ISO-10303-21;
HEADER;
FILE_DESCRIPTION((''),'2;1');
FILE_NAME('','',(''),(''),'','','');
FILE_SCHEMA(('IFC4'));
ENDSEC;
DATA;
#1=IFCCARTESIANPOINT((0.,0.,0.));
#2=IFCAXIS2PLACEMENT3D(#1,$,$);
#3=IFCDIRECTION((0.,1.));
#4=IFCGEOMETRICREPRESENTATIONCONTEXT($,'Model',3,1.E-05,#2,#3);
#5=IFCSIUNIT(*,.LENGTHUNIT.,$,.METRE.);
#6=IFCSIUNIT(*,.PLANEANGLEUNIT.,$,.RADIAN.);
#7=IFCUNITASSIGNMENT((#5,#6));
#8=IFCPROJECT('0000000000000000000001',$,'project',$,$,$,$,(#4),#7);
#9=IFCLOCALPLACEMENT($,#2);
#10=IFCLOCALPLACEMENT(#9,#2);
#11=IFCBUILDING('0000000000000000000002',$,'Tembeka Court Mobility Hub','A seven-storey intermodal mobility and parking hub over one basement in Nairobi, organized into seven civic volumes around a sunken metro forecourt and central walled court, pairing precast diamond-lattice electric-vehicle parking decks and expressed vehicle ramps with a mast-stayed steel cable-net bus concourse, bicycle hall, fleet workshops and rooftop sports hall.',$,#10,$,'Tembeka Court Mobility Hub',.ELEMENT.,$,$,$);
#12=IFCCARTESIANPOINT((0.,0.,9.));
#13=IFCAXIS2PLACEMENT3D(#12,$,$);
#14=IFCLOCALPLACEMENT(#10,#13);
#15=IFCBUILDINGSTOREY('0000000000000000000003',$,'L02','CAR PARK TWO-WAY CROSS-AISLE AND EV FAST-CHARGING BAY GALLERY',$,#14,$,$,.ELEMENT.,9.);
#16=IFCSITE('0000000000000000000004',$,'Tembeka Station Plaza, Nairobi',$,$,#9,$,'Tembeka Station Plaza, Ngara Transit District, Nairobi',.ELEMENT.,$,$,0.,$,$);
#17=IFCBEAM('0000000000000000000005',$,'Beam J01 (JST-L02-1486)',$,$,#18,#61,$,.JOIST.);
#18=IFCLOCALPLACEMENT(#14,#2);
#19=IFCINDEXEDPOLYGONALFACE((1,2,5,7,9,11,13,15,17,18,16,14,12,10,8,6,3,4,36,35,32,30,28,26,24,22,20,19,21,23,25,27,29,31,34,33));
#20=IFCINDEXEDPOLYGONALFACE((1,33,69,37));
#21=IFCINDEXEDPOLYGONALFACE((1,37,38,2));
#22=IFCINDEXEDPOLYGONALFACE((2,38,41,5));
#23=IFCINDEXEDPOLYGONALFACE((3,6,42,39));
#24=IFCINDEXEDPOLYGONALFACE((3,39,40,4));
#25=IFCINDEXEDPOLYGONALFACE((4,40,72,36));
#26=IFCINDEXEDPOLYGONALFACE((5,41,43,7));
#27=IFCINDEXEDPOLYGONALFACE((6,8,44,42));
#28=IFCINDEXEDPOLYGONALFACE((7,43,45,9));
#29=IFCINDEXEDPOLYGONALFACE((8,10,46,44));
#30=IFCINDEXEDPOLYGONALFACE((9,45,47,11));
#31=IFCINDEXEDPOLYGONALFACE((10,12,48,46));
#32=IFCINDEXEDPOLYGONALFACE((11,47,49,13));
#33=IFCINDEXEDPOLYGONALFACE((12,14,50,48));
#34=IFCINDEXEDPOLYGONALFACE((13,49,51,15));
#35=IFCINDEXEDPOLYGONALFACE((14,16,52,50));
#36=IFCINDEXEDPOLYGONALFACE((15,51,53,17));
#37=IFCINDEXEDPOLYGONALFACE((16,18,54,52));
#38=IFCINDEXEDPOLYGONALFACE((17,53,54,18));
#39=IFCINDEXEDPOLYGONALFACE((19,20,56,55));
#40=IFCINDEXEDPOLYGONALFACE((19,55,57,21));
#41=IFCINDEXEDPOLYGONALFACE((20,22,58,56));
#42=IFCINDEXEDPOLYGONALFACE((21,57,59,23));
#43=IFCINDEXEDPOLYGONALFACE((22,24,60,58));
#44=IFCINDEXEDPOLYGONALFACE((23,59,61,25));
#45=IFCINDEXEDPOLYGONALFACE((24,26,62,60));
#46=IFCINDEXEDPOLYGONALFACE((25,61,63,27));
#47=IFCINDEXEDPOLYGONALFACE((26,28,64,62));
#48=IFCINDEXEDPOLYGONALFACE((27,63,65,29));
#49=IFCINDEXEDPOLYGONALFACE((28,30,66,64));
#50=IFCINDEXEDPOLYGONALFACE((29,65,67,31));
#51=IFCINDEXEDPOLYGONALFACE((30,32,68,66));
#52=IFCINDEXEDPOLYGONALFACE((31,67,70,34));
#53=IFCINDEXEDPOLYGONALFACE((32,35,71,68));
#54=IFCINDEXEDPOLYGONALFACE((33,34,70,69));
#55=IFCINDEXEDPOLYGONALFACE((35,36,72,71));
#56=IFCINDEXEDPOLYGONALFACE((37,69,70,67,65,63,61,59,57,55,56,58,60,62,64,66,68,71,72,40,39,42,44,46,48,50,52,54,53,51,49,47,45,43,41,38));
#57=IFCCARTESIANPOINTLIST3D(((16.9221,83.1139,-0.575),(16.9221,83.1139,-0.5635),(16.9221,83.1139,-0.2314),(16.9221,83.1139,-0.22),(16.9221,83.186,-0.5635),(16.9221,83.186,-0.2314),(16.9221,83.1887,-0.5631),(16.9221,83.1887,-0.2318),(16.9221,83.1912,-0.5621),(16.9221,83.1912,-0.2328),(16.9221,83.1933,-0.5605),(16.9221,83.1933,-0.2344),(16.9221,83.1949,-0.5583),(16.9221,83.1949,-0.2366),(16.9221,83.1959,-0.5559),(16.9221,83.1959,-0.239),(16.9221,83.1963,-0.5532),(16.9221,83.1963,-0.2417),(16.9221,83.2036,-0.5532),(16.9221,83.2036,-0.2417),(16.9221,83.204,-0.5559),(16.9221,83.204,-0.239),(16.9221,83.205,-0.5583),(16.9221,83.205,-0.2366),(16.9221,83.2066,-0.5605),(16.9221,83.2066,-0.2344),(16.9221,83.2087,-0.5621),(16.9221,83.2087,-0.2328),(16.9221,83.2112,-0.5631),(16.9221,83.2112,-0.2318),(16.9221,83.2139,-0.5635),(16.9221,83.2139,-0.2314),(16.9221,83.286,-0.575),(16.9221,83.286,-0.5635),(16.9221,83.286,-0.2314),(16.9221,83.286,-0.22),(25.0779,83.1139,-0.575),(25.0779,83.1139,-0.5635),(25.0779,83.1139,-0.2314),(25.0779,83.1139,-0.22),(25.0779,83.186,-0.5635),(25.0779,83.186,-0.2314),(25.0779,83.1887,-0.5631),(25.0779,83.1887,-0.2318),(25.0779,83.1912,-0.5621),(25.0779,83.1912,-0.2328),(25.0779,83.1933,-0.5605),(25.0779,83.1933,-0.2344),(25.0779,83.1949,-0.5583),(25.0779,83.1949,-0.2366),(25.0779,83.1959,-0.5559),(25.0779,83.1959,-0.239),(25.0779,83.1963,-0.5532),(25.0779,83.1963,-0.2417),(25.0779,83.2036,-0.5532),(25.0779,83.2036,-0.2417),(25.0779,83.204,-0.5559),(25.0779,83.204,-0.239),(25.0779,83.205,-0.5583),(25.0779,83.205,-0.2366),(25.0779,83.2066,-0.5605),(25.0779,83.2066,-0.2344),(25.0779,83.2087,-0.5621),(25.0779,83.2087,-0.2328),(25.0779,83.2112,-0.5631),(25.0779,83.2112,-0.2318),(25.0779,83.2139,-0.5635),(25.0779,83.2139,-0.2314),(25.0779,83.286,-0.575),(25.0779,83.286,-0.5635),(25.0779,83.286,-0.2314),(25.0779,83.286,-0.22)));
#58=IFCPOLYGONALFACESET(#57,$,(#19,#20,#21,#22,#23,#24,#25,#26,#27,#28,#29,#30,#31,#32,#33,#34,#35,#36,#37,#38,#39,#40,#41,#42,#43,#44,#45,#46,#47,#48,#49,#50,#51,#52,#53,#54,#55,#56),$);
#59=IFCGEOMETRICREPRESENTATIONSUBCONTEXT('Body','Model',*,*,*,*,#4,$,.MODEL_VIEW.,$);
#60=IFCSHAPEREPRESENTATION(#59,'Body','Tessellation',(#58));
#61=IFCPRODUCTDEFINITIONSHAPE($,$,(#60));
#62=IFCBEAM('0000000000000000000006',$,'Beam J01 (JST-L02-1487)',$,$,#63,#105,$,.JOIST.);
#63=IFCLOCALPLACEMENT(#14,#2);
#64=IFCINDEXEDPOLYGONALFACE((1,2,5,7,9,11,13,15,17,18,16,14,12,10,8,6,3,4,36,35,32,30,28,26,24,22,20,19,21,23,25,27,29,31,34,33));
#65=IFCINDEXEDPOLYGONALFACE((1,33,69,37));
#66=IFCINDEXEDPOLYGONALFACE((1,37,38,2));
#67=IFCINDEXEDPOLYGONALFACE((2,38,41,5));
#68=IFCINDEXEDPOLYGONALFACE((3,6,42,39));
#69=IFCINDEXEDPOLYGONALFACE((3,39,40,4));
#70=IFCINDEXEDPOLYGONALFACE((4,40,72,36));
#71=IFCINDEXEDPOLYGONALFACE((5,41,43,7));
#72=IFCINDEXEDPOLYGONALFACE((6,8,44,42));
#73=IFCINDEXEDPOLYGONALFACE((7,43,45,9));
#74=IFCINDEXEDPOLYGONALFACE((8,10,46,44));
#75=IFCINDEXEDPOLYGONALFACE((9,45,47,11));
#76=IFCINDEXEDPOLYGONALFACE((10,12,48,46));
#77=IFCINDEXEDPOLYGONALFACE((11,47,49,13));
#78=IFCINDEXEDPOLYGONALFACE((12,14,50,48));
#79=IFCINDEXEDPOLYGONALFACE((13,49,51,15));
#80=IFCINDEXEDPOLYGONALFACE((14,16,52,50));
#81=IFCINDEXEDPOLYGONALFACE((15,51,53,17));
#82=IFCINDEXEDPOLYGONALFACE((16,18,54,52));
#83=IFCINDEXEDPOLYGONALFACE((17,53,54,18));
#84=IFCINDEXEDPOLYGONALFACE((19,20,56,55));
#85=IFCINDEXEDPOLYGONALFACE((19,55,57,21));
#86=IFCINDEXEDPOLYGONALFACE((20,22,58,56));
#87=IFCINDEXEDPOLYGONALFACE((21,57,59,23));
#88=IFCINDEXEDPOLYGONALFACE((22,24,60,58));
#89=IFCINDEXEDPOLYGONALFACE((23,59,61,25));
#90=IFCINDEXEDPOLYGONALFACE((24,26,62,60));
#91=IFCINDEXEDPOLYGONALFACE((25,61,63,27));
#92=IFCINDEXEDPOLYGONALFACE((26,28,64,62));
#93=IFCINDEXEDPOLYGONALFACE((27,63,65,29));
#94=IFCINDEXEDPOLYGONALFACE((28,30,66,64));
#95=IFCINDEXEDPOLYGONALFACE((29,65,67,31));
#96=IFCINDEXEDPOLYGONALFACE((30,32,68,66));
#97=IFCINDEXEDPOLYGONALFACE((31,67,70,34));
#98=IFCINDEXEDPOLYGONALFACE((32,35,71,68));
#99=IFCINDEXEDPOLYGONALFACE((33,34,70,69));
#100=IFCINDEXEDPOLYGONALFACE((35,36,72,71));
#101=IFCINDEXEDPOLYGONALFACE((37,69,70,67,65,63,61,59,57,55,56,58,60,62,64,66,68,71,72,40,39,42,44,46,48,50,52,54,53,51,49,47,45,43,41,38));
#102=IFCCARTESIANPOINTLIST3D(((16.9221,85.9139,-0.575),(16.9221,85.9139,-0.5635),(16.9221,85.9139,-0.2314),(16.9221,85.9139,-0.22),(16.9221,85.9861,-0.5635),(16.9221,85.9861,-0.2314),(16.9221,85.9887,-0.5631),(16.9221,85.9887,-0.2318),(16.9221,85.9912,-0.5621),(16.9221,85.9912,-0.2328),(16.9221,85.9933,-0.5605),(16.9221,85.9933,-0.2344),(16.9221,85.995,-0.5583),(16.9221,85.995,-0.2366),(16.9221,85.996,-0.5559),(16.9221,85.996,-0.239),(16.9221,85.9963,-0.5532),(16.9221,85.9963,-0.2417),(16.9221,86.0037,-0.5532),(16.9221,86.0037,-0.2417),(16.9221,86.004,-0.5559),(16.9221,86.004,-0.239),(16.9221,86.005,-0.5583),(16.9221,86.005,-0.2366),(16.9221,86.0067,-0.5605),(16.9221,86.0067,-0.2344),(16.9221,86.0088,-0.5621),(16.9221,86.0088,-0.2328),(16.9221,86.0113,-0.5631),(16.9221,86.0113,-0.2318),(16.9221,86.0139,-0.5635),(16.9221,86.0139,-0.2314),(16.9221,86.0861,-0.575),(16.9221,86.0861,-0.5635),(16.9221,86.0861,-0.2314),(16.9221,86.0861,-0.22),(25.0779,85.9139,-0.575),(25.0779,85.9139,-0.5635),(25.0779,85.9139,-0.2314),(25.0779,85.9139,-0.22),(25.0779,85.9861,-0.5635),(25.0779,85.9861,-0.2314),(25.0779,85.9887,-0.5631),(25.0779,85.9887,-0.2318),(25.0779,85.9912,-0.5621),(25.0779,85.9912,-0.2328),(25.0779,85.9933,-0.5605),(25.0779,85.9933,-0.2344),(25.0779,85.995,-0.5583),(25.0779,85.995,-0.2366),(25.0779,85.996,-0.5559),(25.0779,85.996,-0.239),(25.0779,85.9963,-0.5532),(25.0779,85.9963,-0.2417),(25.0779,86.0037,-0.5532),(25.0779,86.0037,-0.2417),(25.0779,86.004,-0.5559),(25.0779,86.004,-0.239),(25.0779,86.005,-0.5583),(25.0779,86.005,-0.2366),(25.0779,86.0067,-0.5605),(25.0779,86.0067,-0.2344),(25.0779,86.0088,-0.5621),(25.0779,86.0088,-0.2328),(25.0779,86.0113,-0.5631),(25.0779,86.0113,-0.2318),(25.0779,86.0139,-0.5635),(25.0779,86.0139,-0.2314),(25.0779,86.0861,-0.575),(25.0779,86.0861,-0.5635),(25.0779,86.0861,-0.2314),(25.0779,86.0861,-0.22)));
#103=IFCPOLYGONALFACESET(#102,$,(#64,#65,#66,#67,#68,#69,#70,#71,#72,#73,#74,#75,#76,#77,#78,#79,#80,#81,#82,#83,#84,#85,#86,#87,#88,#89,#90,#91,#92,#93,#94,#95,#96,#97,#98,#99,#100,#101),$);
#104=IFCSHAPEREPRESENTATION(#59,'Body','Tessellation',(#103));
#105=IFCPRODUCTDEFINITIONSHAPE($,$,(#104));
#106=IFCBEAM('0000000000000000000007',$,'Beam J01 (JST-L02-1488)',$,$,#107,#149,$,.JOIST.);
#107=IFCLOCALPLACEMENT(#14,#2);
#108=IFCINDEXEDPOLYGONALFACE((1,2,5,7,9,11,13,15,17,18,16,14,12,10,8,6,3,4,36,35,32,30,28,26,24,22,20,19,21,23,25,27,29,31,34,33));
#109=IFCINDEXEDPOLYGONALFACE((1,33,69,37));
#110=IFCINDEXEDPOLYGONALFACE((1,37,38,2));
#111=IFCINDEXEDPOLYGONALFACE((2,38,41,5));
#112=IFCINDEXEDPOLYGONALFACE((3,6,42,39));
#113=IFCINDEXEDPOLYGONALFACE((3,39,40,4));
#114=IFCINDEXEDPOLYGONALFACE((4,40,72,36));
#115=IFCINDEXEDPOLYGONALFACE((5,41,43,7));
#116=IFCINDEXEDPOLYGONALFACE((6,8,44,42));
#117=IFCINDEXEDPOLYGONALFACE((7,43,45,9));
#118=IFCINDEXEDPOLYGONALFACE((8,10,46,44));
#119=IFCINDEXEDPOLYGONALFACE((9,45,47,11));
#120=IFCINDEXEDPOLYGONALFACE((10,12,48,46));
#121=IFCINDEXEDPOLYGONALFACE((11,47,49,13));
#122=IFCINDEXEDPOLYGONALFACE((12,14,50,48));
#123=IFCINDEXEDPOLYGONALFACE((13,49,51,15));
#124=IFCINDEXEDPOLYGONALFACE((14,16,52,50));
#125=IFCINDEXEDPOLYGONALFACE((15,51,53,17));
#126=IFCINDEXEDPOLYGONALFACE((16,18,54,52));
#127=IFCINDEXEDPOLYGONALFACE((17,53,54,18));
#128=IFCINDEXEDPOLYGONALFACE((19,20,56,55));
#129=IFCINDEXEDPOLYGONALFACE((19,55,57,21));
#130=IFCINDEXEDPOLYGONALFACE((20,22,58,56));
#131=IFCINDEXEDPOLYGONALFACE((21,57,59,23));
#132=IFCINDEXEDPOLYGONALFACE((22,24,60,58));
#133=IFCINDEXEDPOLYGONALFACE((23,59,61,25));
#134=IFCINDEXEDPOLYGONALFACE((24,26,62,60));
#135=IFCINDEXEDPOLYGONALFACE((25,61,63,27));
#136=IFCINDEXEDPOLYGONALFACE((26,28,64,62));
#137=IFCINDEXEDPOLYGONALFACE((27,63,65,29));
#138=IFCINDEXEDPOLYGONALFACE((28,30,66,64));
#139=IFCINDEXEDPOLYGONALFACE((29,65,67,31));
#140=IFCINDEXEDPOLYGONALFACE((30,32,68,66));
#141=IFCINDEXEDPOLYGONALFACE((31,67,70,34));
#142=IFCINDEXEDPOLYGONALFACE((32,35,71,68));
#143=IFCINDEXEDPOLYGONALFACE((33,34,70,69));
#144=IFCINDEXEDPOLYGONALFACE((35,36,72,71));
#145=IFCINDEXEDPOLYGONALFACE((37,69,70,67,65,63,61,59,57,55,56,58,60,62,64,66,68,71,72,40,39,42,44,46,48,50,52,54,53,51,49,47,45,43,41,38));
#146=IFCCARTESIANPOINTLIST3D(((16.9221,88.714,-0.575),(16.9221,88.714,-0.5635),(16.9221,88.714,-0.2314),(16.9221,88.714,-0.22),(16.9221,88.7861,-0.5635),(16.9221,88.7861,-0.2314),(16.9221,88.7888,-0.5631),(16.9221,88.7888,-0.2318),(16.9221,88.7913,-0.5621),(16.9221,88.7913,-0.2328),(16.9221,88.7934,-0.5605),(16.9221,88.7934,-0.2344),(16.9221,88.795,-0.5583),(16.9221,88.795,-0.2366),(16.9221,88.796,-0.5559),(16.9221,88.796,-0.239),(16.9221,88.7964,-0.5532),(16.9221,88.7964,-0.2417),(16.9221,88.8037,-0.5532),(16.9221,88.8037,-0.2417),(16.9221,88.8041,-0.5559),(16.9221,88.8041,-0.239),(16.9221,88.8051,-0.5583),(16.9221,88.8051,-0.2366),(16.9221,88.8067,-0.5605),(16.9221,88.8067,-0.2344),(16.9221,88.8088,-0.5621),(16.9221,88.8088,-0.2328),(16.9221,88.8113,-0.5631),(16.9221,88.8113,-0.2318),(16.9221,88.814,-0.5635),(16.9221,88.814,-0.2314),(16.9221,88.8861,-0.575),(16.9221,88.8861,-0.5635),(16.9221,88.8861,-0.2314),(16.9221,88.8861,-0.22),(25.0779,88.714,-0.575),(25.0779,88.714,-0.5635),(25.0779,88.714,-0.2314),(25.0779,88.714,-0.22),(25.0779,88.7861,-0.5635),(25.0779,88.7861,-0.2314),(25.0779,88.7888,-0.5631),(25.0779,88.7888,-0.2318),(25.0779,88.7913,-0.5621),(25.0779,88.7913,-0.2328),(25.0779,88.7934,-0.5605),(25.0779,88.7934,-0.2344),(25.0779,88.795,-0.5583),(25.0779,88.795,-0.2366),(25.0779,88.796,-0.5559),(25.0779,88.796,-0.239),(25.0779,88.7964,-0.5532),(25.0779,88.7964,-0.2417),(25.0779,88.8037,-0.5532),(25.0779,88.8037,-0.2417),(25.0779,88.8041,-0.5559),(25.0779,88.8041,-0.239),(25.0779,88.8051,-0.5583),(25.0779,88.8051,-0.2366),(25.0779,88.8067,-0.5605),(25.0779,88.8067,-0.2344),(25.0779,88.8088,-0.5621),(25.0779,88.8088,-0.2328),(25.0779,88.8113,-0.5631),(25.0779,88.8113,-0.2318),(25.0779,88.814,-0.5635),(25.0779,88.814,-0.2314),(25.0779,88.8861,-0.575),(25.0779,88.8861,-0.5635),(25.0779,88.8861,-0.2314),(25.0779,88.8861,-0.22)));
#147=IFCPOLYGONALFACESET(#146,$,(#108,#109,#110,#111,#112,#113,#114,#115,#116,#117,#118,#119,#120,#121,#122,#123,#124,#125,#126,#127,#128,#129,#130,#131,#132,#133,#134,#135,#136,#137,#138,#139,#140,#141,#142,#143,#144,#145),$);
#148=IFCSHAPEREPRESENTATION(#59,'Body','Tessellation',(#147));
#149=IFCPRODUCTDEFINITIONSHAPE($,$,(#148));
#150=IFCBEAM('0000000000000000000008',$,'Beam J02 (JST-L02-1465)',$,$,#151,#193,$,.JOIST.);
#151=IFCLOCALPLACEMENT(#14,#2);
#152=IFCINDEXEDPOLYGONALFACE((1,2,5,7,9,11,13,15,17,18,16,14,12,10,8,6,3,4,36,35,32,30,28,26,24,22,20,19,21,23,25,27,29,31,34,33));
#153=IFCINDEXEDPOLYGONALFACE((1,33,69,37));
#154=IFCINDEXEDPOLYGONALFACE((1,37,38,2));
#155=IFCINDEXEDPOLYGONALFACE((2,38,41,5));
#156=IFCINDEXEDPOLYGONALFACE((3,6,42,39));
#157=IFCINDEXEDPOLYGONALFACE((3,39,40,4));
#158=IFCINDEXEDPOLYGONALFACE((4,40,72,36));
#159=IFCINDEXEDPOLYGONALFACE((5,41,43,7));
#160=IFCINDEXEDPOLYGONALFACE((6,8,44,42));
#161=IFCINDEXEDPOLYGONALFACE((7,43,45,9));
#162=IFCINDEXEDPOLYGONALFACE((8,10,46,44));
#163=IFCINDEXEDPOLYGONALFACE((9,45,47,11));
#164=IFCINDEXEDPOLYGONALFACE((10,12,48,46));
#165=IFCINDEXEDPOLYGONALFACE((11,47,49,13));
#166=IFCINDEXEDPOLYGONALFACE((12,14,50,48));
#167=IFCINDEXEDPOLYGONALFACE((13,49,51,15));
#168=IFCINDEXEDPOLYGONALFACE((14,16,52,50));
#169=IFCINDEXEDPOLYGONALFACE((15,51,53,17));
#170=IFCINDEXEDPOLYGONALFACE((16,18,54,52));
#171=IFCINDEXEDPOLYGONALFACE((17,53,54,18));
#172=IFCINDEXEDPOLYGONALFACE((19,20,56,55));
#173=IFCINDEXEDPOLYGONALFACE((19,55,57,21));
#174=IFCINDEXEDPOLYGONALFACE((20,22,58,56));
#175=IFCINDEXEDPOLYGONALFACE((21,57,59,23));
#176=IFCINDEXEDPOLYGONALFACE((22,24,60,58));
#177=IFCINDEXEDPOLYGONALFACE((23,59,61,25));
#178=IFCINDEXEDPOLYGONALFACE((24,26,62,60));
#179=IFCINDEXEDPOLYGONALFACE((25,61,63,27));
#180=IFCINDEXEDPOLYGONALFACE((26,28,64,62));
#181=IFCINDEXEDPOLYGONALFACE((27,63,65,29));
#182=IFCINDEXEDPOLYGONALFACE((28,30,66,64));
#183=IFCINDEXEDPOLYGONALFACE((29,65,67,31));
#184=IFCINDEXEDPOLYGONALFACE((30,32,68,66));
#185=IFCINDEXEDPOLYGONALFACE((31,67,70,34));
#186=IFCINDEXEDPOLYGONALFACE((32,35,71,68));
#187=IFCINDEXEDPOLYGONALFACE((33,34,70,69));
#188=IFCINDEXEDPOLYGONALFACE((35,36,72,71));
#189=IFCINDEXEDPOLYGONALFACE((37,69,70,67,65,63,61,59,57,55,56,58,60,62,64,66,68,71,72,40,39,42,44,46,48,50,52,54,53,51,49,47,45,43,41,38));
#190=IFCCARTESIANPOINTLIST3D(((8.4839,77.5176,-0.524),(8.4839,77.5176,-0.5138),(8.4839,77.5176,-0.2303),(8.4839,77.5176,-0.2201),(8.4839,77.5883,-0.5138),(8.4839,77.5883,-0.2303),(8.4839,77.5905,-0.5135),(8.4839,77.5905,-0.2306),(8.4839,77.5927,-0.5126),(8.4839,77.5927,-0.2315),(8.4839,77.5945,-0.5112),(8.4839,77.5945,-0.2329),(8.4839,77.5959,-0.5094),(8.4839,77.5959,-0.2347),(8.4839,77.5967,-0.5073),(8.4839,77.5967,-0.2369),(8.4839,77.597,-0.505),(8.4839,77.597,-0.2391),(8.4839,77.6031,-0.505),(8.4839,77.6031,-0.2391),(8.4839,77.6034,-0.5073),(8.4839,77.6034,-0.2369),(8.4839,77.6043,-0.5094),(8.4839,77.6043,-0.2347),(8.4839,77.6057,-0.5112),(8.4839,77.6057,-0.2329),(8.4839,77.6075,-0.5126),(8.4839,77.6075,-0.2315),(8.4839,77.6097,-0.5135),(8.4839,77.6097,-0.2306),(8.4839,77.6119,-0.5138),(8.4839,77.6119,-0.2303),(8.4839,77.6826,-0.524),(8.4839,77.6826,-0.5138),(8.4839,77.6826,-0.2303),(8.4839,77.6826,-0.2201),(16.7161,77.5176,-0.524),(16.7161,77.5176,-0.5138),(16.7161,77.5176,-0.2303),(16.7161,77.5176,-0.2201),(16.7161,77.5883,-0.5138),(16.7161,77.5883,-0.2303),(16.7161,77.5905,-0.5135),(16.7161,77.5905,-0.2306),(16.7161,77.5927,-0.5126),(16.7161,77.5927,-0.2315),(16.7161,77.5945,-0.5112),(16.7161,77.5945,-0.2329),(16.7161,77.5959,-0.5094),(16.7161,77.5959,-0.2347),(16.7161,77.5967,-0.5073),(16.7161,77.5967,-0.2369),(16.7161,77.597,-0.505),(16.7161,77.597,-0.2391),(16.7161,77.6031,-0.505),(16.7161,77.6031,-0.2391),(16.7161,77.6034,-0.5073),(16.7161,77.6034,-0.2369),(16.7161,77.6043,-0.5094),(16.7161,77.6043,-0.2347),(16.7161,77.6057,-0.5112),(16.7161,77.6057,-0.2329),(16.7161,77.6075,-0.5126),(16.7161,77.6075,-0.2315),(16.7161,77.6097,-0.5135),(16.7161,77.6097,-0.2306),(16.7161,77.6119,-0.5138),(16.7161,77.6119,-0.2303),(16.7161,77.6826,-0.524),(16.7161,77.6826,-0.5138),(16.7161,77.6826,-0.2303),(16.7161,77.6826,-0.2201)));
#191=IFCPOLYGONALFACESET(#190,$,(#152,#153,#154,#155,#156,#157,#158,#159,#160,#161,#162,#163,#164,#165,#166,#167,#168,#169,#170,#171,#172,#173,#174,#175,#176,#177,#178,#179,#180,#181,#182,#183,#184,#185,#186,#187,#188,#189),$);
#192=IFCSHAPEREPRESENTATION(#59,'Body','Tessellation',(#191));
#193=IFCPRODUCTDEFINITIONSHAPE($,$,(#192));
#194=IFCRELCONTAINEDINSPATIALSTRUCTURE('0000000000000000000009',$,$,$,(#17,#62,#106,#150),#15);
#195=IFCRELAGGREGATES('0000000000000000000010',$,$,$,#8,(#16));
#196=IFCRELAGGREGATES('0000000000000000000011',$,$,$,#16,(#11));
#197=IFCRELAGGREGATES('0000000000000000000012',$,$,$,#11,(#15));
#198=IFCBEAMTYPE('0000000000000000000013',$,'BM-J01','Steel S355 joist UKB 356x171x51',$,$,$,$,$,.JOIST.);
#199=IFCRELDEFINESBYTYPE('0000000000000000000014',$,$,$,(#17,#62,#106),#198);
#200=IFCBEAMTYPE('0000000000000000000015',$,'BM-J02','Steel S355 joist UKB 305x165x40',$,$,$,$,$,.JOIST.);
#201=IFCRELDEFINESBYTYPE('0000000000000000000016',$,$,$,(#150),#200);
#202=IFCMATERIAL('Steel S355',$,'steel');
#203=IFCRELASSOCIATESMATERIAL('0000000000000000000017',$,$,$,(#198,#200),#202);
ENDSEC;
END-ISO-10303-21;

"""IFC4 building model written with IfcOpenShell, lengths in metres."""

from ifc_helpers import new_model, si_unit, direction, frame, origin, origin_2d, place, context, subcontext, project, spatial, i_section, extrude, material, material_profile, profile_set, type_object, element, save


model = new_model("IFC4")

# Units and contexts
model_context = context("Model", 3, precision=1e-05, world=origin(), true_north=direction((0.0, 1.0)))
body_context = subcontext(model_context, "Body", "Model", "MODEL_VIEW")
ifc_project = project(units=[si_unit("LENGTHUNIT", "METRE"), si_unit("PLANEANGLEUNIT", "RADIAN")], contexts=[model_context])

# Site, building, storey
site_placement = place(None, origin())
site = spatial("IfcSite", under=ifc_project, at=site_placement, Name="Tembeka Station Plaza, Nairobi", LongName="Tembeka Station Plaza, Ngara Transit District, Nairobi", CompositionType="ELEMENT", RefElevation=0.0)
building_placement = place(site_placement, origin())
building = spatial("IfcBuilding", under=site, at=building_placement, Name="Tembeka Court Mobility Hub", Description="A seven-storey intermodal mobility and parking hub over one basement in Nairobi, organized into seven civic volumes around a sunken metro forecourt and central walled court, pairing precast diamond-lattice electric-vehicle parking decks and expressed vehicle ramps with a mast-stayed steel cable-net bus concourse, bicycle hall, fleet workshops and rooftop sports hall.", LongName="Tembeka Court Mobility Hub", CompositionType="ELEMENT")
storey_placement = place(building_placement, frame((0.0, 0.0, 9.0)))
storey = spatial("IfcBuildingStorey", under=building, at=storey_placement, Name="L02", Description="CAR PARK TWO-WAY CROSS-AISLE AND EV FAST-CHARGING BAY GALLERY", CompositionType="ELEMENT", Elevation=9.0)

# Shared definitions
ifc_material_1 = material(Name="Steel S355", Category="steel")

# Beams
ifc_material_profile_1 = material_profile(ifc_material_1, i_section(OverallWidth=0.1721, OverallDepth=0.355, WebThickness=0.0073, FlangeThickness=0.0115, FilletRadius=0.0103, at=origin_2d()), Name="UKB 356x171x51")
ifc_profile_set_1 = profile_set([ifc_material_profile_1], Name="Steel S355")
beam_type_1 = type_object("IfcBeamType", Name="BM-J01", Description="Steel S355 joist UKB 356x171x51", PredefinedType="JOIST", material=ifc_profile_set_1)
for number, where, z_axis, x_axis, name in (
    (1, (16.9221, 83.2, -0.3975), (1.0, 0.0, 0.0), (0.0, 1.0, 0.0), "Beam J01 (JST-L02-1486)"),
    (2, (16.9221, 86.0, -0.3975), (1.0, 0.0, 0.0), (0.0, 1.0, 0.0), "Beam J01 (JST-L02-1487)"),
    (3, (16.9221, 88.8, -0.3975), (1.0, 0.0, 0.0), (0.0, 1.0, 0.0), "Beam J01 (JST-L02-1488)"),
):
    element("IfcBeam", number, at=place(storey_placement, frame(where, z_axis=z_axis, x_axis=x_axis)), inside=storey, type_object=beam_type_1, Name=name, PredefinedType="JOIST", context=body_context, shape_type="SweptSolid", body=[
        extrude(i_section(OverallWidth=0.1721, OverallDepth=0.355, WebThickness=0.0073, FlangeThickness=0.0115, FilletRadius=0.0103, at=origin_2d()), origin(), (0.0, 0.0, 1.0), 8.1558),
    ])
ifc_material_profile_2 = material_profile(ifc_material_1, i_section(OverallWidth=0.165, OverallDepth=0.304, WebThickness=0.0061, FlangeThickness=0.0103, FilletRadius=0.0088, at=origin_2d()), Name="UKB 305x165x40")
ifc_profile_set_2 = profile_set([ifc_material_profile_2], Name="Steel S355")
beam_type_2 = type_object("IfcBeamType", Name="BM-J02", Description="Steel S355 joist UKB 305x165x40", PredefinedType="JOIST", material=ifc_profile_set_2)
beam_1_placement = place(storey_placement, frame((8.4839, 77.6001, -0.3721), z_axis=(1.0, 0.0, 0.0), x_axis=(0.0, 1.0, 0.0)))
element("IfcBeam", 4, at=beam_1_placement, inside=storey, type_object=beam_type_2, Name="Beam J02 (JST-L02-1465)", PredefinedType="JOIST", context=body_context, shape_type="SweptSolid", body=[
    extrude(i_section(OverallWidth=0.165, OverallDepth=0.304, WebThickness=0.0061, FlangeThickness=0.0103, FilletRadius=0.0088, at=origin_2d()), origin(), (0.0, 0.0, 1.0), 8.2322),
])

save(model, "model.ifc")
